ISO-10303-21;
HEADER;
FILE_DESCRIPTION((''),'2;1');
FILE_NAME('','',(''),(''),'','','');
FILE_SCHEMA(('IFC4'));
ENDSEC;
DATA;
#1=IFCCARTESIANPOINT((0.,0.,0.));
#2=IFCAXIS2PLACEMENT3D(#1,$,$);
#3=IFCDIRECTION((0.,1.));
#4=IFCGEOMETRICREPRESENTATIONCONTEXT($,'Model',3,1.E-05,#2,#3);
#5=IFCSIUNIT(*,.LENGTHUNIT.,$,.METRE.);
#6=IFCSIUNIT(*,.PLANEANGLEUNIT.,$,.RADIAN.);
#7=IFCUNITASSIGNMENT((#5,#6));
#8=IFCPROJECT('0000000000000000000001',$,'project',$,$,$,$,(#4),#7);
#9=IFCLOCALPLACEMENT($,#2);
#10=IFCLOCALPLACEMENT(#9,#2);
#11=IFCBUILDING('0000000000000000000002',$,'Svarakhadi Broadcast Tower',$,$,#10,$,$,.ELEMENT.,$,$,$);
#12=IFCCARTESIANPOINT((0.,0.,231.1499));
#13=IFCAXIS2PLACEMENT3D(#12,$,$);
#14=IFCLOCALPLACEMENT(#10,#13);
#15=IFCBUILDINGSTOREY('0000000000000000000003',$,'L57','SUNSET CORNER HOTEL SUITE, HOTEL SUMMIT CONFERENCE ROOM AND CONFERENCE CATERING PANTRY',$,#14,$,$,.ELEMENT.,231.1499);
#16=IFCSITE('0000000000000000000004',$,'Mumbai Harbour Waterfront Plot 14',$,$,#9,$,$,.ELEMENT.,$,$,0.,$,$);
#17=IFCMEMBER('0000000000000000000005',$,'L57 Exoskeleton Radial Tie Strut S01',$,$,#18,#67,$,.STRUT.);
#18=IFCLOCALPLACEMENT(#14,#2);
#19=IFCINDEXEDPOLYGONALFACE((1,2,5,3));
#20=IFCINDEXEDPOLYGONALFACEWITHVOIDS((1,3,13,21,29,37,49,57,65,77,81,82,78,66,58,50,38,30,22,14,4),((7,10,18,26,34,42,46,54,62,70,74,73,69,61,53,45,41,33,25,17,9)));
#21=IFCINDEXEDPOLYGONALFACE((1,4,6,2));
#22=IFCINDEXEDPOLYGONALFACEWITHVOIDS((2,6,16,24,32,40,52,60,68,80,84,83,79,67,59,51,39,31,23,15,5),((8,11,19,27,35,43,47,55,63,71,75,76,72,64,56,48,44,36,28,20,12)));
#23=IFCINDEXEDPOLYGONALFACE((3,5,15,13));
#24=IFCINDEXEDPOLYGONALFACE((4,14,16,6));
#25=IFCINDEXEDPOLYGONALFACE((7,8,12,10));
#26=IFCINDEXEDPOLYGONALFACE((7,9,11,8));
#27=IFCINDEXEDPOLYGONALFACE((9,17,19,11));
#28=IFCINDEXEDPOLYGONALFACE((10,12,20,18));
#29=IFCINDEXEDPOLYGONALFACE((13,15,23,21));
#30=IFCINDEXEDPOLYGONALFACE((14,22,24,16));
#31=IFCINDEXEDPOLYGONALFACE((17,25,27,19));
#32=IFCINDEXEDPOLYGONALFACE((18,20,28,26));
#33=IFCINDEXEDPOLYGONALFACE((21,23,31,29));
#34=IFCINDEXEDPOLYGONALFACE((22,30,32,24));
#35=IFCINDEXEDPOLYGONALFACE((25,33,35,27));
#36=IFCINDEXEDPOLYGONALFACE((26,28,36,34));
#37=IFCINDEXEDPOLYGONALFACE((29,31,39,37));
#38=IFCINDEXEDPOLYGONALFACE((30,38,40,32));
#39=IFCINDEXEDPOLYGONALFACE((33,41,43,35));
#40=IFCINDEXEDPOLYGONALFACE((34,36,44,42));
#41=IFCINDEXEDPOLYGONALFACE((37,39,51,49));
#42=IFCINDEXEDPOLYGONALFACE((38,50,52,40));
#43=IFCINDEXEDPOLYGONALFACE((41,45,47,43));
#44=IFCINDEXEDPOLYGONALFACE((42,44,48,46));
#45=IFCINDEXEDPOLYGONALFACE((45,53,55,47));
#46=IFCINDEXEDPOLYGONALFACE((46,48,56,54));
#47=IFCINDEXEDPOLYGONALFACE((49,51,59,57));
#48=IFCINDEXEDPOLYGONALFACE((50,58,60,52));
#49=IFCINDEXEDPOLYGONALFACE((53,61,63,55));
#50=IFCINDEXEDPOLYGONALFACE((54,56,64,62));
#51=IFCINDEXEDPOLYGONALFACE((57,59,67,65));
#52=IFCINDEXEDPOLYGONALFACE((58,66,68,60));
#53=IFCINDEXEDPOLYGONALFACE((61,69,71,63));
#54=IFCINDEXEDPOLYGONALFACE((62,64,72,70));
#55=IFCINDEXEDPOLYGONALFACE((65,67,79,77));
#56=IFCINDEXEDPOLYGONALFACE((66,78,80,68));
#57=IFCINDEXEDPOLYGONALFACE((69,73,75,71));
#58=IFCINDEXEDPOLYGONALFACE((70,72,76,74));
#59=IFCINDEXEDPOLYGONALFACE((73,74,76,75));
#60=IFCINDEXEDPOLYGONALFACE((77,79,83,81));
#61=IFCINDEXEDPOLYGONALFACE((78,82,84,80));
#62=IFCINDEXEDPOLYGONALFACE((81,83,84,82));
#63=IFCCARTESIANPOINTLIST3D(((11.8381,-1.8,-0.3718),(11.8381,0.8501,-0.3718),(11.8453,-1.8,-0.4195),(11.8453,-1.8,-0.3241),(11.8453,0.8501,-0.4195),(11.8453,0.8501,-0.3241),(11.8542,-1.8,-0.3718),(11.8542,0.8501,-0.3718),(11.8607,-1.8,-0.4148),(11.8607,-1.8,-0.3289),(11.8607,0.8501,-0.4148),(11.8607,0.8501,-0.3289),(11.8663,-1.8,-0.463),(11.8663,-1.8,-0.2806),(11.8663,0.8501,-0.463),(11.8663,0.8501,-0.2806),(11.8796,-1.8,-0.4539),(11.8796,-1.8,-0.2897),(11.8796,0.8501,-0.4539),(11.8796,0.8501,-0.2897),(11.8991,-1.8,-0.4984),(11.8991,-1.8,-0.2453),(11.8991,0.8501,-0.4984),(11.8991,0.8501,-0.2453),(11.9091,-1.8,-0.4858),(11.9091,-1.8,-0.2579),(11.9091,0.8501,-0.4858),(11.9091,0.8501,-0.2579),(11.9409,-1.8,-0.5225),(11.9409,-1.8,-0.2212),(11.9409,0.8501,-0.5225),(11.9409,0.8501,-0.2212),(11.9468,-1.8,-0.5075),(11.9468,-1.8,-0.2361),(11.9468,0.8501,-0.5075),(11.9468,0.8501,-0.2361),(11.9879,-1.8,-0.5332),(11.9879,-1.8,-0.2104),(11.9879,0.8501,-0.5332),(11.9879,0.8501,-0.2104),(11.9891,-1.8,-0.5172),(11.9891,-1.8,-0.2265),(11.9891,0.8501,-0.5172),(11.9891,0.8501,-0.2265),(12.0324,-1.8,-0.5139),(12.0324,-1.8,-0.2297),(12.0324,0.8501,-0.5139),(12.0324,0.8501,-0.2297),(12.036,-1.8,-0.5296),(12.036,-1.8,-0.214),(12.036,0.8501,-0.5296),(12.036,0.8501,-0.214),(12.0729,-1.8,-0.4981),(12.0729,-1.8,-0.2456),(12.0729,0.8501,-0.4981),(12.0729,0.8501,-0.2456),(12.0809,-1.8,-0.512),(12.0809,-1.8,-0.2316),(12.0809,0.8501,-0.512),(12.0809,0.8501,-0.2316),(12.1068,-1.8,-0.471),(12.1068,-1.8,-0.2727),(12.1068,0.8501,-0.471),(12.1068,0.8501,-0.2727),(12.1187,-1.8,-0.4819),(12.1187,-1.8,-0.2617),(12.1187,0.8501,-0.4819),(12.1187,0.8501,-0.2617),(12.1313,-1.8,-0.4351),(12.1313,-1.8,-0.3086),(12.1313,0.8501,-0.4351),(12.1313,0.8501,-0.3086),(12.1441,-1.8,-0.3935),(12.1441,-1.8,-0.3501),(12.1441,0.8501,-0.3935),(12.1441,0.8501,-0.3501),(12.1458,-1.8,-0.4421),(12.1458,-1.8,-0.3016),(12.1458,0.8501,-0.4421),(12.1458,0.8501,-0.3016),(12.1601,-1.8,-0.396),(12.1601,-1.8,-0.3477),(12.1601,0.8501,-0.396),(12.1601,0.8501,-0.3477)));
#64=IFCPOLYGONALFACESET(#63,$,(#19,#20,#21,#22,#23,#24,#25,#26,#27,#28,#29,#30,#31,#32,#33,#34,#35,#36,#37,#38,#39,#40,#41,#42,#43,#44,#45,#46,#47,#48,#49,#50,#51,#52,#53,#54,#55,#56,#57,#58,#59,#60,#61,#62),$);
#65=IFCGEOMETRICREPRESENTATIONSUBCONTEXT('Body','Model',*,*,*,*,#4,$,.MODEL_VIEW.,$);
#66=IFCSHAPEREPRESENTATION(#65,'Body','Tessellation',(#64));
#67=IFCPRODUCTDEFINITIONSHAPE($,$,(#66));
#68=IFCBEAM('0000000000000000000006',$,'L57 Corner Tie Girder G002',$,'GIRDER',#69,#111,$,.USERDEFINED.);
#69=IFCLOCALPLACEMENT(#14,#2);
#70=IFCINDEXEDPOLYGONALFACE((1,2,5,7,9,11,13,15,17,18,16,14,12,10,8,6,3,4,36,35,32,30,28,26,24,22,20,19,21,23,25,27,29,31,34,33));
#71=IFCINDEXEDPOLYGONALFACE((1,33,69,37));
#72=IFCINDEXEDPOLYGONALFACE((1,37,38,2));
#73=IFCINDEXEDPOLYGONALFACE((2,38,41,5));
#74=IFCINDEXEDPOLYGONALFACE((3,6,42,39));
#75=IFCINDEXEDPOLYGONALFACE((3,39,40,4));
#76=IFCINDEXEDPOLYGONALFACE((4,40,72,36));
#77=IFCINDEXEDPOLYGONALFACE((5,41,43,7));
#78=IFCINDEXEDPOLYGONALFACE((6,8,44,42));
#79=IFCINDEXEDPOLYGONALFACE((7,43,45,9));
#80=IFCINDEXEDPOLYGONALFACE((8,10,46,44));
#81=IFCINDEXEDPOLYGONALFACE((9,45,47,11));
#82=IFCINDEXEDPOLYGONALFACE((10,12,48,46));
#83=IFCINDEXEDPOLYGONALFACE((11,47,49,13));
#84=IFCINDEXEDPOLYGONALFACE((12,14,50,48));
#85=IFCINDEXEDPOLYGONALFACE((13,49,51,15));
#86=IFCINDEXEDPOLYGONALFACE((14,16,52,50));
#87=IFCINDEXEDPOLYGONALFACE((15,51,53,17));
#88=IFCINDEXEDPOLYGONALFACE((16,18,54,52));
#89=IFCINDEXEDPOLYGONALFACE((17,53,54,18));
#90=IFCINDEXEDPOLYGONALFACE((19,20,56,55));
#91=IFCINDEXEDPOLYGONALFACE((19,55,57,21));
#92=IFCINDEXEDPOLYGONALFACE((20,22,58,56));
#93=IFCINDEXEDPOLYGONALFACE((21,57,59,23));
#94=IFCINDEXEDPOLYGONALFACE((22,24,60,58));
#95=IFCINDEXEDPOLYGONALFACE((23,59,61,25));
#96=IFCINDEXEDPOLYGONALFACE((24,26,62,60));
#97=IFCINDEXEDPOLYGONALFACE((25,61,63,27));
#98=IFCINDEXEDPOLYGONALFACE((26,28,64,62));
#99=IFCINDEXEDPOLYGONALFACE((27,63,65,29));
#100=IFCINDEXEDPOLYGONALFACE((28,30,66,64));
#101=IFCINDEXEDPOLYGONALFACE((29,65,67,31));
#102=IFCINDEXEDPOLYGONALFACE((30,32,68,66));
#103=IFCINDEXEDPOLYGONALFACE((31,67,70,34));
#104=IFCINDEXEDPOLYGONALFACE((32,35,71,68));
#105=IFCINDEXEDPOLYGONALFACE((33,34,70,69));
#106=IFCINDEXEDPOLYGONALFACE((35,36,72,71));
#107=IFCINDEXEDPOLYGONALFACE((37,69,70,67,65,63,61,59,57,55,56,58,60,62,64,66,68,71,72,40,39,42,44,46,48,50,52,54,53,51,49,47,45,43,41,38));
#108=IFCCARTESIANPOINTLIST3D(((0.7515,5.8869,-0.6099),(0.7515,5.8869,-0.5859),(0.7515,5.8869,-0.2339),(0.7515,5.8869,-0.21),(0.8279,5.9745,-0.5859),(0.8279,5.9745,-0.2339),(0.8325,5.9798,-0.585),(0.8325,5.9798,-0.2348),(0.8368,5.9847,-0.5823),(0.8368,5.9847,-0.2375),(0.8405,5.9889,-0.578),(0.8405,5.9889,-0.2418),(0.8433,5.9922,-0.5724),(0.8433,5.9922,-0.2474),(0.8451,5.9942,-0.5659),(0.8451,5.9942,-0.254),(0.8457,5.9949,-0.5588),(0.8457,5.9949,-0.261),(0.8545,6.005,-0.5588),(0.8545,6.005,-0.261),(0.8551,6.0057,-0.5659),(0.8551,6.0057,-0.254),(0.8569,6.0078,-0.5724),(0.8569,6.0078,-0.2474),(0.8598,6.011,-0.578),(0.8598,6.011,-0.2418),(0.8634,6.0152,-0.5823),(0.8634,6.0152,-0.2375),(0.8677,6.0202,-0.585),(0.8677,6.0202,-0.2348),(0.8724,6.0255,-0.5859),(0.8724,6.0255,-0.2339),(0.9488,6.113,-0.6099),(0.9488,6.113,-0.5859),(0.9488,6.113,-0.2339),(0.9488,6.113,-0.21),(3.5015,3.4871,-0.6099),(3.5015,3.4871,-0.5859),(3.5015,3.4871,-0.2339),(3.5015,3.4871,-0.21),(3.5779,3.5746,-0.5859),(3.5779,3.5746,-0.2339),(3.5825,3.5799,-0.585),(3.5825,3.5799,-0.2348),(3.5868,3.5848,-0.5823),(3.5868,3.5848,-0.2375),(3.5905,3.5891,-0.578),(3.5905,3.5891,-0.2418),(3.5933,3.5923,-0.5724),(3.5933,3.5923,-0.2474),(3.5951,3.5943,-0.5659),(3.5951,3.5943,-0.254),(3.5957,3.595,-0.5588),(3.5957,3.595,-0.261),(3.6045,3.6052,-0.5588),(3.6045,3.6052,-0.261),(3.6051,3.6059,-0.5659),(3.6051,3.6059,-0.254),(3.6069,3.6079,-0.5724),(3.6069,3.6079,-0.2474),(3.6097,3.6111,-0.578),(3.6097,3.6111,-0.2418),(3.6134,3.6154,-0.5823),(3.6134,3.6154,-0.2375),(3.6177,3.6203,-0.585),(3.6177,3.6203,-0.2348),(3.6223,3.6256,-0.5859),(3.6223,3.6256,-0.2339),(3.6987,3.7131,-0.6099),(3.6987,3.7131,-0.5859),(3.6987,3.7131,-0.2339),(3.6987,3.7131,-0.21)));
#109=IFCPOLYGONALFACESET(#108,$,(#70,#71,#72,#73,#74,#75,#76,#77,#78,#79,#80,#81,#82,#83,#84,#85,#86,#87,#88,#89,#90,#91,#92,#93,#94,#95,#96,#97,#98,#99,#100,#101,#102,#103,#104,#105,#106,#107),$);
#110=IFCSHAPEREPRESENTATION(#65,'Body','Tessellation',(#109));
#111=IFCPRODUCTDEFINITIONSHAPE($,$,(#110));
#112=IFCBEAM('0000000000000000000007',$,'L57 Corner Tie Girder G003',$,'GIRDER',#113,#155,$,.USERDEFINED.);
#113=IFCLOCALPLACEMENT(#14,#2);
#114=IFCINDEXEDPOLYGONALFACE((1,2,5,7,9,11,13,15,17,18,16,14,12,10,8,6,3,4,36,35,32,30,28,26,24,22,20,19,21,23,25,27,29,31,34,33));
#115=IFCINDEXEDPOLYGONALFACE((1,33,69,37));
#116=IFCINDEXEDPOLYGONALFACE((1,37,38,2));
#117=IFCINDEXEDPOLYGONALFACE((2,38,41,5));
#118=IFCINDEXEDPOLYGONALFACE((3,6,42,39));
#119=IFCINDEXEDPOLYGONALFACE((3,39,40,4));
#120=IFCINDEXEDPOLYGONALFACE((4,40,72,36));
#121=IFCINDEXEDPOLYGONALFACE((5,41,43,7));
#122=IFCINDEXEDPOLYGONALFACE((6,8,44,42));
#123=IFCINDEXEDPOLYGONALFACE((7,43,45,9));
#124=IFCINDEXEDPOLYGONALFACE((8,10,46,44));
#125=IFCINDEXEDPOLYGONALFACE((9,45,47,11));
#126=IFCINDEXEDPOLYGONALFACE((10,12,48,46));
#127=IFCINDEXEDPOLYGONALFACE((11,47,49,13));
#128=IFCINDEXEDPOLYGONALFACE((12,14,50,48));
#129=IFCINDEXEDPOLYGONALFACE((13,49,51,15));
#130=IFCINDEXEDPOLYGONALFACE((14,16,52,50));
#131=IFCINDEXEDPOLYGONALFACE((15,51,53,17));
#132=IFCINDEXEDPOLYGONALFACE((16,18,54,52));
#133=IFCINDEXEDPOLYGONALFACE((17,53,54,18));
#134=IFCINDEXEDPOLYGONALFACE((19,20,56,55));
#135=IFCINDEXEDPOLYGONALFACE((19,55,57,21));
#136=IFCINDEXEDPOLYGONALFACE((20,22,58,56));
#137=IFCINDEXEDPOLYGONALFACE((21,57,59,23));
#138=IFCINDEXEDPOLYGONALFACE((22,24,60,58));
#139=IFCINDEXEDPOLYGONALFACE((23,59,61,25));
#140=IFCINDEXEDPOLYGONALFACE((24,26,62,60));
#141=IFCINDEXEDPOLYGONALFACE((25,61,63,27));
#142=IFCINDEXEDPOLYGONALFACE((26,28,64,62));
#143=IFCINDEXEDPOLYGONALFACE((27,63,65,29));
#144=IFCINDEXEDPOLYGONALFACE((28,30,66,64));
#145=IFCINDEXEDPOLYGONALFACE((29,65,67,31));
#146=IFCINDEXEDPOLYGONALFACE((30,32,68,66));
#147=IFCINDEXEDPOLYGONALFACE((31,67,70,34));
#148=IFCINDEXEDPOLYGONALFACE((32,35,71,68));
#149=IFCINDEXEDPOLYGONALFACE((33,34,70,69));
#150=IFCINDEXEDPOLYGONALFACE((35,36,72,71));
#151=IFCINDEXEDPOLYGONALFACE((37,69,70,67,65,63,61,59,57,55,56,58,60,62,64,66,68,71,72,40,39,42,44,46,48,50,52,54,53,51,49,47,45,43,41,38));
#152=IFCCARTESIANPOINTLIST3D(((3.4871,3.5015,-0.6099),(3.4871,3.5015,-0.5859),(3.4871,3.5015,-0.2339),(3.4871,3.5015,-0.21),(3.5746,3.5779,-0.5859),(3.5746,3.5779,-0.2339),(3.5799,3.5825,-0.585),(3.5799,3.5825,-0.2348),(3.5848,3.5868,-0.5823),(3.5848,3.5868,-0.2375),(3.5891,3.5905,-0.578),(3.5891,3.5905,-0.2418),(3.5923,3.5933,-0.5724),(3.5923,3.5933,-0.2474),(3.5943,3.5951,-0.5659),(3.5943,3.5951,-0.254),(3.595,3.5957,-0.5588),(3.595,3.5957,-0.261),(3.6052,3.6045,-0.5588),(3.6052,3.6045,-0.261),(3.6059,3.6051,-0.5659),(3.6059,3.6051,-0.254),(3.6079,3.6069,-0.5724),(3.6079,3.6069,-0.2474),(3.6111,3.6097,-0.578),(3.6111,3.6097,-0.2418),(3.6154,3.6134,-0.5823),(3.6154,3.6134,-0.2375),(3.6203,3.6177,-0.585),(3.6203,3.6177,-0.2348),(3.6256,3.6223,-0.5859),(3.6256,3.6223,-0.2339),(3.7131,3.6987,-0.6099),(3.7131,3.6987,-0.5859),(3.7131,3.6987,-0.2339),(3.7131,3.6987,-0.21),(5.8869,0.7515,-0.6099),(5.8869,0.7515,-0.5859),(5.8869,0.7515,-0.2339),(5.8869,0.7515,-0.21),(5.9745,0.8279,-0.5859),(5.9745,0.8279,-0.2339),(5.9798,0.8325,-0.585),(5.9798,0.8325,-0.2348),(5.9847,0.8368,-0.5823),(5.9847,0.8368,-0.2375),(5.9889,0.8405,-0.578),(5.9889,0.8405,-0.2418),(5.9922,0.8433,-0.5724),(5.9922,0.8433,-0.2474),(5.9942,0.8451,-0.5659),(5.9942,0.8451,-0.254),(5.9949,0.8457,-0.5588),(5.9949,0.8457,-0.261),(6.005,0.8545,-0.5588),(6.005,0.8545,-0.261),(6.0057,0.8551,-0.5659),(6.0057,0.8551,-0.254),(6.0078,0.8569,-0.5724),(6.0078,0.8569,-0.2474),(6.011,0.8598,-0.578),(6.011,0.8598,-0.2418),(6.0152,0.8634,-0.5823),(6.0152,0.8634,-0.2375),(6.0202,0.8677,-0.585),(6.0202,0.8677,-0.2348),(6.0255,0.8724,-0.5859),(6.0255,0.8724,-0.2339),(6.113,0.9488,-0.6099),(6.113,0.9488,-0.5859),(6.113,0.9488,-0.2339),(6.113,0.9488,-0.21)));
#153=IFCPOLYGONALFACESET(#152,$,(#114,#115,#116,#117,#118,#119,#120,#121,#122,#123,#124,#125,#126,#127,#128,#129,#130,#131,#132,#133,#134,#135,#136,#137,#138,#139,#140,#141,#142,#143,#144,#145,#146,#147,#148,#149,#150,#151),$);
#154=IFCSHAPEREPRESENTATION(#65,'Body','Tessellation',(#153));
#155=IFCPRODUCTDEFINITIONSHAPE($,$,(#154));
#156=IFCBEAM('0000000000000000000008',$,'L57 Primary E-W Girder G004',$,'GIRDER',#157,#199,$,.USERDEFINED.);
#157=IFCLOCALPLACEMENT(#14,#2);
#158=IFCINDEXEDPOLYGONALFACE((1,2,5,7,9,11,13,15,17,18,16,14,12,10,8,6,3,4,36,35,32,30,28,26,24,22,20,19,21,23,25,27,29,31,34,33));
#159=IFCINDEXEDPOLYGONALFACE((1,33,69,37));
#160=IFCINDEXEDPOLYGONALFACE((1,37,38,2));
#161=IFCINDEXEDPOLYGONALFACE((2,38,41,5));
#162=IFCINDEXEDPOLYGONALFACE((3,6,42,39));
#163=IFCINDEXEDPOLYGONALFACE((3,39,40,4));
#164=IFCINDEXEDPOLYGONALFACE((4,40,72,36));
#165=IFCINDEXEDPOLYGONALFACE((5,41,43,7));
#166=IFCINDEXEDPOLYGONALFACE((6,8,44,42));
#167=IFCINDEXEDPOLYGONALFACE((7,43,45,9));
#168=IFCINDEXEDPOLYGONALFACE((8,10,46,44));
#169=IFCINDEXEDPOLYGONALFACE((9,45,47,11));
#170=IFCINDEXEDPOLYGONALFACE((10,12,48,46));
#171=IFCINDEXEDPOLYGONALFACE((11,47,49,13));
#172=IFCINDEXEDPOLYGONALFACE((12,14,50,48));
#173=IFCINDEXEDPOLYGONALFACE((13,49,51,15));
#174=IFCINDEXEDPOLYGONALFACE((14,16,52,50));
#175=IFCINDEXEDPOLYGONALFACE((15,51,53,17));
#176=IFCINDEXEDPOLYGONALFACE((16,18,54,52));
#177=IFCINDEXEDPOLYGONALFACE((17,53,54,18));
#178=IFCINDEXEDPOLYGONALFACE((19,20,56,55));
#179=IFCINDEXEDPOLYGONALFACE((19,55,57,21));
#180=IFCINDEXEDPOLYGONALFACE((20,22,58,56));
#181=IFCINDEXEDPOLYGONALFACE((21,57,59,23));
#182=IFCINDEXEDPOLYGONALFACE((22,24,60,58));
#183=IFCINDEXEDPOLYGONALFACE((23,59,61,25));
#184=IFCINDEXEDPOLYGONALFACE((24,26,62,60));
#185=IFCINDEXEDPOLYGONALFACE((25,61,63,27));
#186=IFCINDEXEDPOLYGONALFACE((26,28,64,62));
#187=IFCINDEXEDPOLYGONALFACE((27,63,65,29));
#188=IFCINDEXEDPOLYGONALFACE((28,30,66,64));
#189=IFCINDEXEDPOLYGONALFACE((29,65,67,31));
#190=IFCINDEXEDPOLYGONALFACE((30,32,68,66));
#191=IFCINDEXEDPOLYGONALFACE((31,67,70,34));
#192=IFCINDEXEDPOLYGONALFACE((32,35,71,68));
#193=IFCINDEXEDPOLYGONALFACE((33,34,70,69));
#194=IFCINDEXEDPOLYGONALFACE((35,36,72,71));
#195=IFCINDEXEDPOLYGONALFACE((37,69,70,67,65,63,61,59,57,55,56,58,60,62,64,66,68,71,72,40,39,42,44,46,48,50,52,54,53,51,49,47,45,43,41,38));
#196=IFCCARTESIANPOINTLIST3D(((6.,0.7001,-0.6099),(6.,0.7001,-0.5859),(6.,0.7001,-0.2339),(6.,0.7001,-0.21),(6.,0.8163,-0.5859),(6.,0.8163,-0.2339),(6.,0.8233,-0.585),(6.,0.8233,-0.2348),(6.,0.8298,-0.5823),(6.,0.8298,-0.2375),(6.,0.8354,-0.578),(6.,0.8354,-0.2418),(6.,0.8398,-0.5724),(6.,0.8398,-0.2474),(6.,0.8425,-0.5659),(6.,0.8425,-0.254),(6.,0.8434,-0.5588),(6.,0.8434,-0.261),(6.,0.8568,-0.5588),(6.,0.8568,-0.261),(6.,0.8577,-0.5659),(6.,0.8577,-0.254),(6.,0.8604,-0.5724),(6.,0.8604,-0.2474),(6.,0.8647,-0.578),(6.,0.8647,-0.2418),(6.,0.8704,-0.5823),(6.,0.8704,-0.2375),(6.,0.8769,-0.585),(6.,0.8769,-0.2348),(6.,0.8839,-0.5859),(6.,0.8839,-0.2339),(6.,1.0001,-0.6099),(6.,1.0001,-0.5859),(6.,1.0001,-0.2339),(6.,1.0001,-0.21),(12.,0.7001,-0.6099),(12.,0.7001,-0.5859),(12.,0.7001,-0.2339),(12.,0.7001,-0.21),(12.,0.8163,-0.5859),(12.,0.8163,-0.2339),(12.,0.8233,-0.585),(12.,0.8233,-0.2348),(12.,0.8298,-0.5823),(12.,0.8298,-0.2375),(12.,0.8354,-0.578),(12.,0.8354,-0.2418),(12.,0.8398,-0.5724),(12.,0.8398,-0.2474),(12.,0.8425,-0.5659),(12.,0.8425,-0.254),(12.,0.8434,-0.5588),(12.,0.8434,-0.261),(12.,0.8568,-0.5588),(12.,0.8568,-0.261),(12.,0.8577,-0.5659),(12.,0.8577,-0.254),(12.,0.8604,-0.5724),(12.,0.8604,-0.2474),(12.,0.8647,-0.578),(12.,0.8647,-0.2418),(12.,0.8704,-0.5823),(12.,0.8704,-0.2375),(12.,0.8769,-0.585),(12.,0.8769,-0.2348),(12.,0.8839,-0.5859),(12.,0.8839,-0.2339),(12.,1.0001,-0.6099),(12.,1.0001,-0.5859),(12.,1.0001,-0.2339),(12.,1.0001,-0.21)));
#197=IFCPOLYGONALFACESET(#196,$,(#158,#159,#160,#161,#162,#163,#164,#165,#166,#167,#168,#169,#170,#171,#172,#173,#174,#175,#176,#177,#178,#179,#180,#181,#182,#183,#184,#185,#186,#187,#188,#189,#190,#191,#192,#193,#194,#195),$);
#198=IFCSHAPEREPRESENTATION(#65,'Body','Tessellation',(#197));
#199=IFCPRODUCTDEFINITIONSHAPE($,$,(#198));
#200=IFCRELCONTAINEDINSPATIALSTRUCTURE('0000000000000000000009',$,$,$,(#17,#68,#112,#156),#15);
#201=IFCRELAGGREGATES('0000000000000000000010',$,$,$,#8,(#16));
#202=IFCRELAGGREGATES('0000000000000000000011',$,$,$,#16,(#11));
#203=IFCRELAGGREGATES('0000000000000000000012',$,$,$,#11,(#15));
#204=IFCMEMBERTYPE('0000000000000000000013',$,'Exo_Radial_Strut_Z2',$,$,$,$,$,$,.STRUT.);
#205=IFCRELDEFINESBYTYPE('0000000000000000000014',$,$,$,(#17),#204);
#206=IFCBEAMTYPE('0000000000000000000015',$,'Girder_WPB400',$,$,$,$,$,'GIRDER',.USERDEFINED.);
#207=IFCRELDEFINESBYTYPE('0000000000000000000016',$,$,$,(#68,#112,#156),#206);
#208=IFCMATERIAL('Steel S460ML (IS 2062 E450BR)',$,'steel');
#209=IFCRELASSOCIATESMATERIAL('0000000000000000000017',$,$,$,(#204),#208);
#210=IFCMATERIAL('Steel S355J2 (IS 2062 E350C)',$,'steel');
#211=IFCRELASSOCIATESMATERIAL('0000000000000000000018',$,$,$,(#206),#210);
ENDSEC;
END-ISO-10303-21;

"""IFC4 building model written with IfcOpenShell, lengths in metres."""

from ifc_helpers import new_model, si_unit, direction, frame, origin, origin_2d, place, context, subcontext, project, spatial, hollow_circle, i_section, extrude, material, material_profile, profile_set, type_object, element, save


model = new_model("IFC4")

# Units and contexts
model_context = context("Model", 3, precision=1e-05, world=origin(), true_north=direction((0.0, 1.0)))
body_context = subcontext(model_context, "Body", "Model", "MODEL_VIEW")
ifc_project = project(units=[si_unit("LENGTHUNIT", "METRE"), si_unit("PLANEANGLEUNIT", "RADIAN")], contexts=[model_context])

# Site, building, storey
site_placement = place(None, origin())
site = spatial("IfcSite", under=ifc_project, at=site_placement, Name="Mumbai Harbour Waterfront Plot 14", CompositionType="ELEMENT", RefElevation=0.0)
building_placement = place(site_placement, origin())
building = spatial("IfcBuilding", under=site, at=building_placement, Name="Svarakhadi Broadcast Tower", CompositionType="ELEMENT")
storey_placement = place(building_placement, frame((0.0, 0.0, 231.1499)))
storey = spatial("IfcBuildingStorey", under=building, at=storey_placement, Name="L57", Description="SUNSET CORNER HOTEL SUITE, HOTEL SUMMIT CONFERENCE ROOM AND CONFERENCE CATERING PANTRY", CompositionType="ELEMENT", Elevation=231.1499)

# Shared definitions
ifc_material_1 = material(Name="Steel S460ML (IS 2062 E450BR)", Category="steel")

# Shared definitions
ifc_material_2 = material(Name="Steel S355J2 (IS 2062 E350C)", Category="steel")

# Member
ifc_material_profile_1 = material_profile(ifc_material_1, hollow_circle(Radius=0.1619, WallThickness=0.0161, at=origin_2d()), Name="CHS 323.9x16")
ifc_profile_set_1 = profile_set([ifc_material_profile_1], Name="Steel S460ML (IS 2062 E450BR)")
member_type_1 = type_object("IfcMemberType", Name="Exo_Radial_Strut_Z2", PredefinedType="STRUT", material=ifc_profile_set_1)
member_1_placement = place(storey_placement, frame((12.0, -1.8, -0.3718), z_axis=(0.0, 1.0, 0.0), x_axis=(-1.0, 0.0, 0.0)))
element("IfcMember", 1, at=member_1_placement, inside=storey, type_object=member_type_1, Name="L57 Exoskeleton Radial Tie Strut S01", PredefinedType="STRUT", context=body_context, shape_type="SweptSolid", body=[
    extrude(hollow_circle(Radius=0.1619, WallThickness=0.0161, at=origin_2d()), origin(), (0.0, 0.0, 1.0), 2.6501),
])

# Beams
ifc_material_profile_2 = material_profile(ifc_material_2, i_section(OverallWidth=0.3, OverallDepth=0.3999, WebThickness=0.0134, FlangeThickness=0.0239, FilletRadius=0.0271, at=origin_2d()), Name="WPB 400x300x155")
ifc_profile_set_2 = profile_set([ifc_material_profile_2], Name="Steel S355J2 (IS 2062 E350C)")
beam_type_1 = type_object("IfcBeamType", Name="Girder_WPB400", ElementType="GIRDER", PredefinedType="USERDEFINED", material=ifc_profile_set_2)
for number, where, z_axis, x_axis, name in (
    (2, (3.6001, 3.6001, -0.4099), (-0.753438, 0.657519, 0.0), (-0.657519, -0.753438, 0.0), "L57 Corner Tie Girder G002"),
    (3, (3.6001, 3.6001, -0.4099), (0.657519, -0.753438, 0.0), (0.753438, 0.657519, 0.0), "L57 Corner Tie Girder G003"),
):
    element("IfcBeam", number, at=place(storey_placement, frame(where, z_axis=z_axis, x_axis=x_axis)), inside=storey, type_object=beam_type_1, Name=name, ObjectType="GIRDER", PredefinedType="USERDEFINED", context=body_context, shape_type="SweptSolid", body=[
        extrude(i_section(OverallWidth=0.3, OverallDepth=0.3999, WebThickness=0.0134, FlangeThickness=0.0239, FilletRadius=0.0271, at=origin_2d()), origin(), (0.0, 0.0, 1.0), 3.6499),
    ])
for number, where, z_axis, x_axis, name in (
    (4, (6.0, 0.8501, -0.4099), (1.0, 0.0, 0.0), (0.0, 1.0, 0.0), "L57 Primary E-W Girder G004"),
):
    element("IfcBeam", number, at=place(storey_placement, frame(where, z_axis=z_axis, x_axis=x_axis)), inside=storey, type_object=beam_type_1, Name=name, ObjectType="GIRDER", PredefinedType="USERDEFINED", context=body_context, shape_type="SweptSolid", body=[
        extrude(i_section(OverallWidth=0.3, OverallDepth=0.3999, WebThickness=0.0134, FlangeThickness=0.0239, FilletRadius=0.0271, at=origin_2d()), origin(), (0.0, 0.0, 1.0), 6.0),
    ])

save(model, "model.ifc")
